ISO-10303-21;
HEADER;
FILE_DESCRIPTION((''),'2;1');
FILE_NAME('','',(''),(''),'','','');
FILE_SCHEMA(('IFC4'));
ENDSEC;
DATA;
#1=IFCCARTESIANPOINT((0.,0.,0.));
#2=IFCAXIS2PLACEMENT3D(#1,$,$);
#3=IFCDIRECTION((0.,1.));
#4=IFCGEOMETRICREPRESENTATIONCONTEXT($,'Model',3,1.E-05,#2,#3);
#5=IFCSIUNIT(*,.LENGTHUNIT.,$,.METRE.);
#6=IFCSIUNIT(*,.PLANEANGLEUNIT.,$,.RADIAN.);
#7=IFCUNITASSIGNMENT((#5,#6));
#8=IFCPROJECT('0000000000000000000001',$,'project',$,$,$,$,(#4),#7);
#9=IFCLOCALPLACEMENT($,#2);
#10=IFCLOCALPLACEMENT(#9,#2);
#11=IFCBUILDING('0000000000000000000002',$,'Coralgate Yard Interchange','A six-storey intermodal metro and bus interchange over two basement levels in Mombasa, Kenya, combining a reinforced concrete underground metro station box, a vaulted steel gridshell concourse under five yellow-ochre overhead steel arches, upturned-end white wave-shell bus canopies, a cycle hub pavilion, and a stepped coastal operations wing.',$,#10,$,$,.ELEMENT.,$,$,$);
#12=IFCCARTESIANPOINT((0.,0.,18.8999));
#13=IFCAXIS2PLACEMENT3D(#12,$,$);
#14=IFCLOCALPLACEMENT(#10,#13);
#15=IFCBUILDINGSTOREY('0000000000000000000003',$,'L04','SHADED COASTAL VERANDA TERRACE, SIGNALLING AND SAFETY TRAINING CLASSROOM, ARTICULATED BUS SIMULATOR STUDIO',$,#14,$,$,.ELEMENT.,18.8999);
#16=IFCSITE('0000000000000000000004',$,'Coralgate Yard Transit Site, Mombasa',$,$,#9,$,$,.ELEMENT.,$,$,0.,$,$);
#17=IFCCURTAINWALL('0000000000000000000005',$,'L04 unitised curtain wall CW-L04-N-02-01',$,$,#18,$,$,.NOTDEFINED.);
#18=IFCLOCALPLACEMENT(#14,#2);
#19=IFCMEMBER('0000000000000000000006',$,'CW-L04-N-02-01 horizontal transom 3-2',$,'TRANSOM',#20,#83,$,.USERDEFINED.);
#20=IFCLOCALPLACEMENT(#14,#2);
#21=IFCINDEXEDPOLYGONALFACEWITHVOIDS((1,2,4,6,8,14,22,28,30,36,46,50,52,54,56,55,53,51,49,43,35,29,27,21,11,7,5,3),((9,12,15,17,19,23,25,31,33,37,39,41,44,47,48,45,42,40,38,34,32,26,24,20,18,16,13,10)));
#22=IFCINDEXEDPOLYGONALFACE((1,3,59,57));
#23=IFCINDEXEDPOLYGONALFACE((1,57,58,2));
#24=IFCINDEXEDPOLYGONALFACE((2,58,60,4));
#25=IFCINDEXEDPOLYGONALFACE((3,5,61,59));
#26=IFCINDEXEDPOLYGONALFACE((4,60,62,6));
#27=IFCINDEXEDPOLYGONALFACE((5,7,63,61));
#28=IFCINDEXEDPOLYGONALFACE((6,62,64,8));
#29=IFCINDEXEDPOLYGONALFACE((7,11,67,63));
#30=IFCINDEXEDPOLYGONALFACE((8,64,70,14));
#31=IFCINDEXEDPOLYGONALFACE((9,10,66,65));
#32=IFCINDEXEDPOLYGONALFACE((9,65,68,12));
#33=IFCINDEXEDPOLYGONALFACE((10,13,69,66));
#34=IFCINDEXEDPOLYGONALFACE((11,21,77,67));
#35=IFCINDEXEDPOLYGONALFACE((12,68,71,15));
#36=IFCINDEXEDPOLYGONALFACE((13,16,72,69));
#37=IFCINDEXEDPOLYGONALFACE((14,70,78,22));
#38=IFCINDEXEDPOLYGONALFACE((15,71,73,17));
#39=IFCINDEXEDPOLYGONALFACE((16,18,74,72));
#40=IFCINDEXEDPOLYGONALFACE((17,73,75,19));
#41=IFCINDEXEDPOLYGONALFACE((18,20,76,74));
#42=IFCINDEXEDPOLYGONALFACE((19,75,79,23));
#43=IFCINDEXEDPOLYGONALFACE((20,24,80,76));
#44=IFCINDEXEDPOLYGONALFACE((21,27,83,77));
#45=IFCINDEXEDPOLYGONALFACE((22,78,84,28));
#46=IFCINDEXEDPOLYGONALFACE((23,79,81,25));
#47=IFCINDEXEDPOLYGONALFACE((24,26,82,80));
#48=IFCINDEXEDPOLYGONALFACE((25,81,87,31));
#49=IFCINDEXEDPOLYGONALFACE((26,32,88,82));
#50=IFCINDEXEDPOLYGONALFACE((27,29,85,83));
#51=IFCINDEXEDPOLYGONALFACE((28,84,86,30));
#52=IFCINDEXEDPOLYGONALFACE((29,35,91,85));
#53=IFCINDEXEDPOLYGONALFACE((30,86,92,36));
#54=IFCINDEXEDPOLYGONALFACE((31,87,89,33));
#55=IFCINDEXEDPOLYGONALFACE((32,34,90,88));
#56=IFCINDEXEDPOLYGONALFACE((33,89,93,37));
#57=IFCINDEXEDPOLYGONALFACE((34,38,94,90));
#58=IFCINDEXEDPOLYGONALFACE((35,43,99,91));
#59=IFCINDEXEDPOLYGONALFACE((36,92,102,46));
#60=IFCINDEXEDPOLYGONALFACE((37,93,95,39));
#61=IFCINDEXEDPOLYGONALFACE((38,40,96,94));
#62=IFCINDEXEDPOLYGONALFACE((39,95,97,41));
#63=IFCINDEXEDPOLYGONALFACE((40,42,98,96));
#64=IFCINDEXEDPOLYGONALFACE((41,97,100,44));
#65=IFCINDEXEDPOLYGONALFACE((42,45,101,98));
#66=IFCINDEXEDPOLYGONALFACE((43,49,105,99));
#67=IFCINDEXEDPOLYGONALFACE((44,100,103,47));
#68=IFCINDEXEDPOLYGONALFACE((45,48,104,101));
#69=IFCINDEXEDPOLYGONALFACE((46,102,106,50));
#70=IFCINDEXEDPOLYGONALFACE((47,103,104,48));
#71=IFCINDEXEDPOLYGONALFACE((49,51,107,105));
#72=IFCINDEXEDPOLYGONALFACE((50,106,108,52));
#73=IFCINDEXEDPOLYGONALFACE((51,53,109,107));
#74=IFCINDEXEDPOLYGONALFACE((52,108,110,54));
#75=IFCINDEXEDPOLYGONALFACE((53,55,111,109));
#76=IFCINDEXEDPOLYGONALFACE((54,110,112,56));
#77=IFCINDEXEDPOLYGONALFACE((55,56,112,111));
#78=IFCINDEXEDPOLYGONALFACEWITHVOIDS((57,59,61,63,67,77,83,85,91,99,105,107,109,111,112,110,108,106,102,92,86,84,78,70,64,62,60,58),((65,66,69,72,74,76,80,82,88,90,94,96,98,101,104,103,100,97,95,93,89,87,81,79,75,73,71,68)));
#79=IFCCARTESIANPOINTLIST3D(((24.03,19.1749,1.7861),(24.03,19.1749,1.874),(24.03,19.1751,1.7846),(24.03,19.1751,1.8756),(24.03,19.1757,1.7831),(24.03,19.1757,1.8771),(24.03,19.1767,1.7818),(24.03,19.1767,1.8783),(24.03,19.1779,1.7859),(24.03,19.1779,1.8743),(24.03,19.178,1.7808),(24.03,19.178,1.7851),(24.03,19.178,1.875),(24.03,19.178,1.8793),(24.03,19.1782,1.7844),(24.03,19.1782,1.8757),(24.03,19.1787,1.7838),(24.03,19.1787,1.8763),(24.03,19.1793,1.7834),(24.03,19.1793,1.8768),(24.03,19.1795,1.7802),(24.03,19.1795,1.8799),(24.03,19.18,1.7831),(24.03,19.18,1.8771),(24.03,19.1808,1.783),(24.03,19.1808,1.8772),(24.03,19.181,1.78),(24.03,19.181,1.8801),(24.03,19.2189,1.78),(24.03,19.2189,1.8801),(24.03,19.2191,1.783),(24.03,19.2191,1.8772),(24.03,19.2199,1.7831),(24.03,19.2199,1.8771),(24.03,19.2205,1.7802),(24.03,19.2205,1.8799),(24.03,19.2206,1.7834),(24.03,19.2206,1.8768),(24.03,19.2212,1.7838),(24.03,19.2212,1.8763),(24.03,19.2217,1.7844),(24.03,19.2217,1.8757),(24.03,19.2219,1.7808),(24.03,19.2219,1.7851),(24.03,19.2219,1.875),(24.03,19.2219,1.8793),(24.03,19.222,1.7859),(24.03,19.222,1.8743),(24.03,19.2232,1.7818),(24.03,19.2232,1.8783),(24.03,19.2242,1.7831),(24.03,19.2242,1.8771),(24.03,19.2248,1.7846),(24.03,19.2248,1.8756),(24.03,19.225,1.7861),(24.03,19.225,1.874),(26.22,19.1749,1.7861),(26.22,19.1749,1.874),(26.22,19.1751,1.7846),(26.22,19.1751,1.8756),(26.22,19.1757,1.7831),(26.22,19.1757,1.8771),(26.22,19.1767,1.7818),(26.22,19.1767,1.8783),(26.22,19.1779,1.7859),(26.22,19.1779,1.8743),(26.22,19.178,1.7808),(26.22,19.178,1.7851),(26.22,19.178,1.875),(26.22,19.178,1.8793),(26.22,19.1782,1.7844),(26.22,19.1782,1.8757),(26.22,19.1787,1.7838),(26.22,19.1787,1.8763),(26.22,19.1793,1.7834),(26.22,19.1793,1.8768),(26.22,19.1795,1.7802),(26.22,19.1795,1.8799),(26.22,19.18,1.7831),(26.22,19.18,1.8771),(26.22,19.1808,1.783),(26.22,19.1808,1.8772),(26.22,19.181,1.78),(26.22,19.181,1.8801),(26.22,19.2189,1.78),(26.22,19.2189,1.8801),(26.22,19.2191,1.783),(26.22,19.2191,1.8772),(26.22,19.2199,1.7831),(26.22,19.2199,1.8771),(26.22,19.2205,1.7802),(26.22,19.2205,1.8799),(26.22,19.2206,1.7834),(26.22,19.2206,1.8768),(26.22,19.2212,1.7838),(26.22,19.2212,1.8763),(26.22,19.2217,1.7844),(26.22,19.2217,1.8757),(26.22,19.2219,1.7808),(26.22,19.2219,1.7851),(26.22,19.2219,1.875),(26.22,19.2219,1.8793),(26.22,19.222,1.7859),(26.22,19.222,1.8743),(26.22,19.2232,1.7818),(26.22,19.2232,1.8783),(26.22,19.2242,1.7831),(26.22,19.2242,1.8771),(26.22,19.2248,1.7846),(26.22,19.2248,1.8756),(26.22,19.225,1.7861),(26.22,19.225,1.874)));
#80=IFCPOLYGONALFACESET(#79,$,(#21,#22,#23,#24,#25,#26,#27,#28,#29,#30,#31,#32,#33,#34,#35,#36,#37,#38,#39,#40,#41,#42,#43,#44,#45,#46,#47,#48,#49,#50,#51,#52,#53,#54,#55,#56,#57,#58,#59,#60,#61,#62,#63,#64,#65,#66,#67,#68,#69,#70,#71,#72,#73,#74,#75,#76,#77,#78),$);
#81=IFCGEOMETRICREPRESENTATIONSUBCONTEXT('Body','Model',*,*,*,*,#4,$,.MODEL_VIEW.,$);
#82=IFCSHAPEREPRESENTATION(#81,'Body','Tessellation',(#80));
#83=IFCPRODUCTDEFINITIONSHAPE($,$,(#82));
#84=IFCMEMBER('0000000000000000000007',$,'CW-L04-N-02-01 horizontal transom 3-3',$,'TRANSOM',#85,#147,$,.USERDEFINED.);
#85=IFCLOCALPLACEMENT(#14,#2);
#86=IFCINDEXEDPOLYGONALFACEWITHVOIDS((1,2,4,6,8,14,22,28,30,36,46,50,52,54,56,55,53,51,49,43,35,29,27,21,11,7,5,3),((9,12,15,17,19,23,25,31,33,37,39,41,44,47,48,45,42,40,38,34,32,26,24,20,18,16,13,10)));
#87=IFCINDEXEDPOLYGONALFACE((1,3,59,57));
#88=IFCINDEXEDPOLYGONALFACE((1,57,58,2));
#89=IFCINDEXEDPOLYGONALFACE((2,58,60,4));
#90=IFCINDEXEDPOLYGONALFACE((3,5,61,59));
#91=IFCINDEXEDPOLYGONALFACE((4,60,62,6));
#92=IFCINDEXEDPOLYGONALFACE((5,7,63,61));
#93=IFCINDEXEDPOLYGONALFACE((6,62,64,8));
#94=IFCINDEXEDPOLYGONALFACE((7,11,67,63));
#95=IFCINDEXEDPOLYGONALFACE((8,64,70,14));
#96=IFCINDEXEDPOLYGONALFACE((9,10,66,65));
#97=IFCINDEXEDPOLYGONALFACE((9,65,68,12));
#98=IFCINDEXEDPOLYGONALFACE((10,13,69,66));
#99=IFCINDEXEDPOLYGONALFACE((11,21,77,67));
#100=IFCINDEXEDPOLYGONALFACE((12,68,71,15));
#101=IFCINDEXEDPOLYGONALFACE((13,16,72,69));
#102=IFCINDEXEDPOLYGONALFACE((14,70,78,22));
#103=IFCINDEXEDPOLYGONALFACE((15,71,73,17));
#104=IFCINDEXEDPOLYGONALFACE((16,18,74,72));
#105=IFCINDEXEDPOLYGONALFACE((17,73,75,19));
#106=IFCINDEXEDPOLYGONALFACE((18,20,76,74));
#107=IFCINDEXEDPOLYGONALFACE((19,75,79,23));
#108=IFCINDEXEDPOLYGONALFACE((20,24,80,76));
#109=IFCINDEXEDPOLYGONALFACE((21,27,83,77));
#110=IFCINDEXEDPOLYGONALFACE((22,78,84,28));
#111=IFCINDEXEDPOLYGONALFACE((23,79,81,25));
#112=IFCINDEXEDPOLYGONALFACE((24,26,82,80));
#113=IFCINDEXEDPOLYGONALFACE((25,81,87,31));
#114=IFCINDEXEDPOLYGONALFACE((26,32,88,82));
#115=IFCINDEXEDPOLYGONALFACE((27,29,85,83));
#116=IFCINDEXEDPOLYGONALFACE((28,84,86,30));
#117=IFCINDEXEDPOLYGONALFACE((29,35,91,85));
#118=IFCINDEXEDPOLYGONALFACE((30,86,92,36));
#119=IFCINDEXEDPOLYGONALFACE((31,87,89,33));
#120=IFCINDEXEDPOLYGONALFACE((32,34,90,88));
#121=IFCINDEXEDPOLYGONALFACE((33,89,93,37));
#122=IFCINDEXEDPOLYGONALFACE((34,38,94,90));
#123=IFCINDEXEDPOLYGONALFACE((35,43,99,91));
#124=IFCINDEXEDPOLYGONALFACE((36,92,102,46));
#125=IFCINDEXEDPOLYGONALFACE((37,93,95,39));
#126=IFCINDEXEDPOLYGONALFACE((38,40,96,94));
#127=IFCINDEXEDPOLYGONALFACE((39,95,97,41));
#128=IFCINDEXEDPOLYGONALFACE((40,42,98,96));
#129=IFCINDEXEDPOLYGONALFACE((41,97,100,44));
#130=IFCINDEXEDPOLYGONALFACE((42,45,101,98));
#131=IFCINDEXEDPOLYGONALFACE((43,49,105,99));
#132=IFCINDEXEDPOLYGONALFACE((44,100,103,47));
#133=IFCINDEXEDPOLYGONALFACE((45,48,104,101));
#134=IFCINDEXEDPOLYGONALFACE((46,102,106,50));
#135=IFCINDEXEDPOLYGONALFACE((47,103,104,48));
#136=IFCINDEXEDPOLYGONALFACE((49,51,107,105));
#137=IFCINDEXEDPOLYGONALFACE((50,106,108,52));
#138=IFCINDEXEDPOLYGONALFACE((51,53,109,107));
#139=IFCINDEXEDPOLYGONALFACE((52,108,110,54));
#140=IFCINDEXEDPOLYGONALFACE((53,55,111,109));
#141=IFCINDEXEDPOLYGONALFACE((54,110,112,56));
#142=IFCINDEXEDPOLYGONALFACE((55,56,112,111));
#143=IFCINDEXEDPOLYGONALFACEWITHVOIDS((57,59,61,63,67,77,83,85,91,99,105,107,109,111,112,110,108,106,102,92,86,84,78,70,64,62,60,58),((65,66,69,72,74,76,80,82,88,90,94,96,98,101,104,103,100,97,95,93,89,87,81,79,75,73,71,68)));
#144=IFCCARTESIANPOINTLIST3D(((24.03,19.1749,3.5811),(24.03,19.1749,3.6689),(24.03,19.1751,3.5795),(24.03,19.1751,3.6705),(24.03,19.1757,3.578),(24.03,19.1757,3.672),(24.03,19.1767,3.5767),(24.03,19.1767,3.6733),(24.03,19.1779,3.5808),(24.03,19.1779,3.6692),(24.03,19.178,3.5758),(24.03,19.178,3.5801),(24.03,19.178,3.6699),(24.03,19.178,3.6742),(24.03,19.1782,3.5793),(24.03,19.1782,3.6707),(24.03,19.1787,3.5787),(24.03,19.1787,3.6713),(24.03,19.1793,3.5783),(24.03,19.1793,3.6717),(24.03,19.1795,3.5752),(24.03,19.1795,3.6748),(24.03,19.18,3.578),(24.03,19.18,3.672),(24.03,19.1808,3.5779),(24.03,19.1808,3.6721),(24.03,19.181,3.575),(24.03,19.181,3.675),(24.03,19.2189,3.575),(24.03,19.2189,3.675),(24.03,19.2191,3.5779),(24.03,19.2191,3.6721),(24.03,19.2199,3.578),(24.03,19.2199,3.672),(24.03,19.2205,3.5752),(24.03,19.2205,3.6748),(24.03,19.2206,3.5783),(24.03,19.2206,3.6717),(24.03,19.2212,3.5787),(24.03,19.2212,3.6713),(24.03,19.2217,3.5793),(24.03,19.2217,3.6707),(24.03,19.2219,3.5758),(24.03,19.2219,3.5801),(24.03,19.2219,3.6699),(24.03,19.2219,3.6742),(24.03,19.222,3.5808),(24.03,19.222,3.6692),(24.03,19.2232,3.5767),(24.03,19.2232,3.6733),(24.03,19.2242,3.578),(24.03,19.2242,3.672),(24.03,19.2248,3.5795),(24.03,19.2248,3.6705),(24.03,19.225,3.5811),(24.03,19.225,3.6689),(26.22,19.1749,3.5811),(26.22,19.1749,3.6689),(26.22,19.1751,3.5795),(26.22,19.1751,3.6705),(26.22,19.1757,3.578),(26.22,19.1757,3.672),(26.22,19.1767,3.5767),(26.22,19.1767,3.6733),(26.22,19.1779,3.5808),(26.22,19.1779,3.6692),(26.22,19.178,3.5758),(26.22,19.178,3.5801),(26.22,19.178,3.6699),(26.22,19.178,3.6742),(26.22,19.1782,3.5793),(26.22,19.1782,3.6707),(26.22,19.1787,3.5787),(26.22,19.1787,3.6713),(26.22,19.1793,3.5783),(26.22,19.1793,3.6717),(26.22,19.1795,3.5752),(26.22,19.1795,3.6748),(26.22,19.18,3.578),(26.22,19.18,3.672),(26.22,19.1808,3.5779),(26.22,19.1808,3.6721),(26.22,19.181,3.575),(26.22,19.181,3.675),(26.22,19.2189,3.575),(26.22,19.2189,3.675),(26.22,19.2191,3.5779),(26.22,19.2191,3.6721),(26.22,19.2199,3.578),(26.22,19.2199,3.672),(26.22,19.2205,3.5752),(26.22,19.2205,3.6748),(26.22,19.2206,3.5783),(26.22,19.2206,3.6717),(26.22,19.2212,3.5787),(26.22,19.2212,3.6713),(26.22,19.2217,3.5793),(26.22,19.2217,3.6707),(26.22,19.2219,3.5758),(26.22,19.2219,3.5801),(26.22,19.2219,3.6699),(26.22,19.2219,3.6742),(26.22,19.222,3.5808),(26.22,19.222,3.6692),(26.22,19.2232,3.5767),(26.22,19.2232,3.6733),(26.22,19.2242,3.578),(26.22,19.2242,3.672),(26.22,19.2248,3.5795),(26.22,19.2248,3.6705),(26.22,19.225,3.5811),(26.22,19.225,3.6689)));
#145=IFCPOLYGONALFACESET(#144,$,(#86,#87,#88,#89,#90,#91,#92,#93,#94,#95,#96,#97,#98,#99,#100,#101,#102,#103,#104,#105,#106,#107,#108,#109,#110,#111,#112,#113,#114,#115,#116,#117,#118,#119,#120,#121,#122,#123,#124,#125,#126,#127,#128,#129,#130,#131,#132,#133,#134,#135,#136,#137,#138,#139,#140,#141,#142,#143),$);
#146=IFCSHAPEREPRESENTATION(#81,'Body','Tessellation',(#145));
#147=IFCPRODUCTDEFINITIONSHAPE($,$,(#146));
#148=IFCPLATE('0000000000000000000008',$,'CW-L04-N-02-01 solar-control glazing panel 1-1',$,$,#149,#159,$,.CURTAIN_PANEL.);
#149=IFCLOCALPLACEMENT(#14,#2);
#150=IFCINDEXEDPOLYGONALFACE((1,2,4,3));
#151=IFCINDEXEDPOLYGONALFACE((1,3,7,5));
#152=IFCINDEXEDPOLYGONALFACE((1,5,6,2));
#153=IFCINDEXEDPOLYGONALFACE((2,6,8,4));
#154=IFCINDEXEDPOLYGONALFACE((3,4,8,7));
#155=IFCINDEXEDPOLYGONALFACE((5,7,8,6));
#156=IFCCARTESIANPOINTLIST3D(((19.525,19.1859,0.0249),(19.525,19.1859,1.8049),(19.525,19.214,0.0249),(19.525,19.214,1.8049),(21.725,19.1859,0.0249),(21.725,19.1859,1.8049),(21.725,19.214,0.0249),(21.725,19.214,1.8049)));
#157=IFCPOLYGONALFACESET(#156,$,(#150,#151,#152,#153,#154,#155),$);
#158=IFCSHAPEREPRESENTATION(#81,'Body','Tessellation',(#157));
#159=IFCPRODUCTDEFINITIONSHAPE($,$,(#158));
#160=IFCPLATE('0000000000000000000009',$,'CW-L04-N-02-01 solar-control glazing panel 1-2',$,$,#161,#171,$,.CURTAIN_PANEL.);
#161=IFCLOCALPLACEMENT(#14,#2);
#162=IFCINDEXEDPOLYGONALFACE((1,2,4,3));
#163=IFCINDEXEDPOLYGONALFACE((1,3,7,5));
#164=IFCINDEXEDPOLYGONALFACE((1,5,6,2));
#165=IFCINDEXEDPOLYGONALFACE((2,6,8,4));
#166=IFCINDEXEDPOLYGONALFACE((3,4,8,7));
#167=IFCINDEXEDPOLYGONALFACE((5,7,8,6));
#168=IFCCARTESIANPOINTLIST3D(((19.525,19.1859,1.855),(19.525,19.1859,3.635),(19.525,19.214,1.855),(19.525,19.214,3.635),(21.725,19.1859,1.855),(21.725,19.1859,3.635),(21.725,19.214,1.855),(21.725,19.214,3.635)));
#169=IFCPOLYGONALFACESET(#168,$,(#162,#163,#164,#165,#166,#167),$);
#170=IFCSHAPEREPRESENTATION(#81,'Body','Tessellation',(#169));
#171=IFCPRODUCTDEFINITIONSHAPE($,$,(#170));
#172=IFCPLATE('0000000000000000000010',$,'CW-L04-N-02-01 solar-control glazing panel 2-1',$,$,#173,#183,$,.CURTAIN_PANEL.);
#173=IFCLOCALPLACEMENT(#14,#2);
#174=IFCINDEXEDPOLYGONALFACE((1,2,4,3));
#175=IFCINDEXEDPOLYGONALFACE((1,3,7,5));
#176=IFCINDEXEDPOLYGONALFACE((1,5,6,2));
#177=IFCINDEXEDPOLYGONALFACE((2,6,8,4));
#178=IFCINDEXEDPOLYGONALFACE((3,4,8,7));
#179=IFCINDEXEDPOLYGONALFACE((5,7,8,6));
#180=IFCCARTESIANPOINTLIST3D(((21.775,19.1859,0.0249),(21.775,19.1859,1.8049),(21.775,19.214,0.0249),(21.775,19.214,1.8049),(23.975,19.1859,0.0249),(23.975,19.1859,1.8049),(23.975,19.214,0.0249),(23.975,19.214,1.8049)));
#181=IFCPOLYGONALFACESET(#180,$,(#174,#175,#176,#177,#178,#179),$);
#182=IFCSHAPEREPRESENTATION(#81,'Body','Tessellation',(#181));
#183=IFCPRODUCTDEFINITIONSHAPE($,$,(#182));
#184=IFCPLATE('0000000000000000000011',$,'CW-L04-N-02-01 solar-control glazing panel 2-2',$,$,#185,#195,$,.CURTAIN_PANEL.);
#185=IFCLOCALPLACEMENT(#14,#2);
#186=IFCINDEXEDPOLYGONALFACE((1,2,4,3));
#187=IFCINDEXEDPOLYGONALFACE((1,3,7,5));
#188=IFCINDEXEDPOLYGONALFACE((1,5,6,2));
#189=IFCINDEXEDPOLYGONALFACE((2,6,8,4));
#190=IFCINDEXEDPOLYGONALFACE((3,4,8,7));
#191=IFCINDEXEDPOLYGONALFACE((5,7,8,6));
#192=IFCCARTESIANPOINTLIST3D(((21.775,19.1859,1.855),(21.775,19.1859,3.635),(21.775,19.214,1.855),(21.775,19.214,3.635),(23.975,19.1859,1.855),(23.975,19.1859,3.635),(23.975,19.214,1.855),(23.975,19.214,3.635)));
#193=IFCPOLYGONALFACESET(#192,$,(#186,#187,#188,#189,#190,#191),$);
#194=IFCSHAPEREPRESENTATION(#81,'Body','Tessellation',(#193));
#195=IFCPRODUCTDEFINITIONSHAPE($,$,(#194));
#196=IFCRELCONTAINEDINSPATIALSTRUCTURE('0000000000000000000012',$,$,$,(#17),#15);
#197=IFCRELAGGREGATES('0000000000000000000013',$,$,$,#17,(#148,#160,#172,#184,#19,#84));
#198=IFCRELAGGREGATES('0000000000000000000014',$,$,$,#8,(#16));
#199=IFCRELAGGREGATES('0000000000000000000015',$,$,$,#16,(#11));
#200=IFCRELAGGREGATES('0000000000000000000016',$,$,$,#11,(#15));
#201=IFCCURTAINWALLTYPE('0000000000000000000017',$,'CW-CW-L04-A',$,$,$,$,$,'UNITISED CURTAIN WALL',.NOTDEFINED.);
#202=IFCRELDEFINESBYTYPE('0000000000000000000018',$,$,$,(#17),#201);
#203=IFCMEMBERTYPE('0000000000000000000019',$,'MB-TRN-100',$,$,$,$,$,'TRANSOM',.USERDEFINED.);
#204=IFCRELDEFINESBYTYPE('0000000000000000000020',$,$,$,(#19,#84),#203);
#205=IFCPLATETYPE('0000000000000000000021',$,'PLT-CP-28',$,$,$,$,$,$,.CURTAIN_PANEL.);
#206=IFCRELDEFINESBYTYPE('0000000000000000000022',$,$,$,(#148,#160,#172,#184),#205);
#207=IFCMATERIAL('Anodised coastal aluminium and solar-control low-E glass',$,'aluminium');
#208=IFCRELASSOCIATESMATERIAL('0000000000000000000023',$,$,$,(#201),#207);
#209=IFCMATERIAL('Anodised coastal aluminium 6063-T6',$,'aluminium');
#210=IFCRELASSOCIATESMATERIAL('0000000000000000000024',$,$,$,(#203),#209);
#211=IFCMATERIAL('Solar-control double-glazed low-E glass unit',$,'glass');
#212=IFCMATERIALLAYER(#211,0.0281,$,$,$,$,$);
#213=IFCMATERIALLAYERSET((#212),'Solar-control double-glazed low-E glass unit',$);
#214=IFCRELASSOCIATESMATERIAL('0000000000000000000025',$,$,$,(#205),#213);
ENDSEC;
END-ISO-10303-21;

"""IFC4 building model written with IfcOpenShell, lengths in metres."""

from ifc_helpers import new_model, si_unit, direction, frame, origin, origin_2d, place, context, subcontext, project, spatial, rectangle, hollow_rectangle, extrude, material, layer, layer_set, material_profile, profile_set, type_object, element, aggregate, save


model = new_model("IFC4")

# Units and contexts
model_context = context("Model", 3, precision=1e-05, world=origin(), true_north=direction((0.0, 1.0)))
body_context = subcontext(model_context, "Body", "Model", "MODEL_VIEW")
ifc_project = project(units=[si_unit("LENGTHUNIT", "METRE"), si_unit("PLANEANGLEUNIT", "RADIAN")], contexts=[model_context])

# Site, building, storey
site_placement = place(None, origin())
site = spatial("IfcSite", under=ifc_project, at=site_placement, Name="Coralgate Yard Transit Site, Mombasa", CompositionType="ELEMENT", RefElevation=0.0)
building_placement = place(site_placement, origin())
building = spatial("IfcBuilding", under=site, at=building_placement, Name="Coralgate Yard Interchange", Description="A six-storey intermodal metro and bus interchange over two basement levels in Mombasa, Kenya, combining a reinforced concrete underground metro station box, a vaulted steel gridshell concourse under five yellow-ochre overhead steel arches, upturned-end white wave-shell bus canopies, a cycle hub pavilion, and a stepped coastal operations wing.", CompositionType="ELEMENT")
storey_placement = place(building_placement, frame((0.0, 0.0, 18.8999)))
storey = spatial("IfcBuildingStorey", under=building, at=storey_placement, Name="L04", Description="SHADED COASTAL VERANDA TERRACE, SIGNALLING AND SAFETY TRAINING CLASSROOM, ARTICULATED BUS SIMULATOR STUDIO", CompositionType="ELEMENT", Elevation=18.8999)

# Curtain wall, members, plates
ifc_material_1 = material(Name="Anodised coastal aluminium and solar-control low-E glass", Category="aluminium")
curtain_wall_type = type_object("IfcCurtainWallType", Name="CW-CW-L04-A", ElementType="UNITISED CURTAIN WALL", PredefinedType="NOTDEFINED", material=ifc_material_1)
curtain_wall_placement = place(storey_placement, origin())
curtain_wall = element("IfcCurtainWall", 1, at=curtain_wall_placement, inside=storey, type_object=curtain_wall_type, Name="L04 unitised curtain wall CW-L04-N-02-01", PredefinedType="NOTDEFINED")
ifc_material_2 = material(Name="Anodised coastal aluminium 6063-T6", Category="aluminium")
ifc_material_profile_1 = material_profile(ifc_material_2, hollow_rectangle(XDim=0.05, YDim=0.1001, WallThickness=0.0029, InnerFilletRadius=0.0029, OuterFilletRadius=0.0061, at=origin_2d()), Name="ALU 50x100x3")
ifc_profile_set_1 = profile_set([ifc_material_profile_1], Name="Anodised coastal aluminium 6063-T6")
member_type_1 = type_object("IfcMemberType", Name="MB-TRN-100", ElementType="TRANSOM", PredefinedType="USERDEFINED", material=ifc_profile_set_1)
member_1_placement = place(storey_placement, frame((24.03, 19.2, 1.8301), z_axis=(1.0, 0.0, 0.0), x_axis=(0.0, 1.0, 0.0)))
member_1 = element("IfcMember", 2, at=member_1_placement, type_object=member_type_1, Name="CW-L04-N-02-01 horizontal transom 3-2", ObjectType="TRANSOM", PredefinedType="USERDEFINED", context=body_context, shape_type="SweptSolid", body=[
    extrude(hollow_rectangle(XDim=0.05, YDim=0.1001, WallThickness=0.0029, InnerFilletRadius=0.0029, OuterFilletRadius=0.0061, at=origin_2d()), origin(), (0.0, 0.0, 1.0), 2.1899),
])
member_2_placement = place(storey_placement, frame((24.03, 19.2, 3.625), z_axis=(1.0, 0.0, 0.0), x_axis=(0.0, 1.0, 0.0)))
member_2 = element("IfcMember", 3, at=member_2_placement, type_object=member_type_1, Name="CW-L04-N-02-01 horizontal transom 3-3", ObjectType="TRANSOM", PredefinedType="USERDEFINED", context=body_context, shape_type="SweptSolid", body=[
    extrude(hollow_rectangle(XDim=0.05, YDim=0.1001, WallThickness=0.0029, InnerFilletRadius=0.0029, OuterFilletRadius=0.0061, at=origin_2d()), origin(), (0.0, 0.0, 1.0), 2.1899),
])
ifc_material_3 = material(Name="Solar-control double-glazed low-E glass unit", Category="glass")
ifc_layer_1 = layer(ifc_material_3, 0.0281)
ifc_layer_set_1 = layer_set([ifc_layer_1], Name="Solar-control double-glazed low-E glass unit")
plate_type = type_object("IfcPlateType", Name="PLT-CP-28", PredefinedType="CURTAIN_PANEL", material=ifc_layer_set_1)
plate_1_placement = place(storey_placement, frame((20.625, 19.2, 0.0249), z_axis=(0.0, 0.0, 1.0), x_axis=(1.0, 0.0, 0.0)))
plate_1 = element("IfcPlate", 4, at=plate_1_placement, type_object=plate_type, Name="CW-L04-N-02-01 solar-control glazing panel 1-1", PredefinedType="CURTAIN_PANEL", context=body_context, shape_type="SweptSolid", body=[
    extrude(rectangle(XDim=2.2, YDim=0.0281, at=origin_2d()), origin(), (0.0, 0.0, 1.0), 1.78),
])
plate_2_placement = place(storey_placement, frame((20.625, 19.2, 1.855), z_axis=(0.0, 0.0, 1.0), x_axis=(1.0, 0.0, 0.0)))
plate_2 = element("IfcPlate", 5, at=plate_2_placement, type_object=plate_type, Name="CW-L04-N-02-01 solar-control glazing panel 1-2", PredefinedType="CURTAIN_PANEL", context=body_context, shape_type="SweptSolid", body=[
    extrude(rectangle(XDim=2.2, YDim=0.0281, at=origin_2d()), origin(), (0.0, 0.0, 1.0), 1.78),
])
plate_3_placement = place(storey_placement, frame((22.875, 19.2, 0.0249), z_axis=(0.0, 0.0, 1.0), x_axis=(1.0, 0.0, 0.0)))
plate_3 = element("IfcPlate", 6, at=plate_3_placement, type_object=plate_type, Name="CW-L04-N-02-01 solar-control glazing panel 2-1", PredefinedType="CURTAIN_PANEL", context=body_context, shape_type="SweptSolid", body=[
    extrude(rectangle(XDim=2.2, YDim=0.0281, at=origin_2d()), origin(), (0.0, 0.0, 1.0), 1.78),
])
plate_4_placement = place(storey_placement, frame((22.875, 19.2, 1.855), z_axis=(0.0, 0.0, 1.0), x_axis=(1.0, 0.0, 0.0)))
plate_4 = element("IfcPlate", 7, at=plate_4_placement, type_object=plate_type, Name="CW-L04-N-02-01 solar-control glazing panel 2-2", PredefinedType="CURTAIN_PANEL", context=body_context, shape_type="SweptSolid", body=[
    extrude(rectangle(XDim=2.2, YDim=0.0281, at=origin_2d()), origin(), (0.0, 0.0, 1.0), 1.78),
])
aggregate(curtain_wall, [plate_1, plate_2, plate_3, plate_4, member_1, member_2])

save(model, "model.ifc")
